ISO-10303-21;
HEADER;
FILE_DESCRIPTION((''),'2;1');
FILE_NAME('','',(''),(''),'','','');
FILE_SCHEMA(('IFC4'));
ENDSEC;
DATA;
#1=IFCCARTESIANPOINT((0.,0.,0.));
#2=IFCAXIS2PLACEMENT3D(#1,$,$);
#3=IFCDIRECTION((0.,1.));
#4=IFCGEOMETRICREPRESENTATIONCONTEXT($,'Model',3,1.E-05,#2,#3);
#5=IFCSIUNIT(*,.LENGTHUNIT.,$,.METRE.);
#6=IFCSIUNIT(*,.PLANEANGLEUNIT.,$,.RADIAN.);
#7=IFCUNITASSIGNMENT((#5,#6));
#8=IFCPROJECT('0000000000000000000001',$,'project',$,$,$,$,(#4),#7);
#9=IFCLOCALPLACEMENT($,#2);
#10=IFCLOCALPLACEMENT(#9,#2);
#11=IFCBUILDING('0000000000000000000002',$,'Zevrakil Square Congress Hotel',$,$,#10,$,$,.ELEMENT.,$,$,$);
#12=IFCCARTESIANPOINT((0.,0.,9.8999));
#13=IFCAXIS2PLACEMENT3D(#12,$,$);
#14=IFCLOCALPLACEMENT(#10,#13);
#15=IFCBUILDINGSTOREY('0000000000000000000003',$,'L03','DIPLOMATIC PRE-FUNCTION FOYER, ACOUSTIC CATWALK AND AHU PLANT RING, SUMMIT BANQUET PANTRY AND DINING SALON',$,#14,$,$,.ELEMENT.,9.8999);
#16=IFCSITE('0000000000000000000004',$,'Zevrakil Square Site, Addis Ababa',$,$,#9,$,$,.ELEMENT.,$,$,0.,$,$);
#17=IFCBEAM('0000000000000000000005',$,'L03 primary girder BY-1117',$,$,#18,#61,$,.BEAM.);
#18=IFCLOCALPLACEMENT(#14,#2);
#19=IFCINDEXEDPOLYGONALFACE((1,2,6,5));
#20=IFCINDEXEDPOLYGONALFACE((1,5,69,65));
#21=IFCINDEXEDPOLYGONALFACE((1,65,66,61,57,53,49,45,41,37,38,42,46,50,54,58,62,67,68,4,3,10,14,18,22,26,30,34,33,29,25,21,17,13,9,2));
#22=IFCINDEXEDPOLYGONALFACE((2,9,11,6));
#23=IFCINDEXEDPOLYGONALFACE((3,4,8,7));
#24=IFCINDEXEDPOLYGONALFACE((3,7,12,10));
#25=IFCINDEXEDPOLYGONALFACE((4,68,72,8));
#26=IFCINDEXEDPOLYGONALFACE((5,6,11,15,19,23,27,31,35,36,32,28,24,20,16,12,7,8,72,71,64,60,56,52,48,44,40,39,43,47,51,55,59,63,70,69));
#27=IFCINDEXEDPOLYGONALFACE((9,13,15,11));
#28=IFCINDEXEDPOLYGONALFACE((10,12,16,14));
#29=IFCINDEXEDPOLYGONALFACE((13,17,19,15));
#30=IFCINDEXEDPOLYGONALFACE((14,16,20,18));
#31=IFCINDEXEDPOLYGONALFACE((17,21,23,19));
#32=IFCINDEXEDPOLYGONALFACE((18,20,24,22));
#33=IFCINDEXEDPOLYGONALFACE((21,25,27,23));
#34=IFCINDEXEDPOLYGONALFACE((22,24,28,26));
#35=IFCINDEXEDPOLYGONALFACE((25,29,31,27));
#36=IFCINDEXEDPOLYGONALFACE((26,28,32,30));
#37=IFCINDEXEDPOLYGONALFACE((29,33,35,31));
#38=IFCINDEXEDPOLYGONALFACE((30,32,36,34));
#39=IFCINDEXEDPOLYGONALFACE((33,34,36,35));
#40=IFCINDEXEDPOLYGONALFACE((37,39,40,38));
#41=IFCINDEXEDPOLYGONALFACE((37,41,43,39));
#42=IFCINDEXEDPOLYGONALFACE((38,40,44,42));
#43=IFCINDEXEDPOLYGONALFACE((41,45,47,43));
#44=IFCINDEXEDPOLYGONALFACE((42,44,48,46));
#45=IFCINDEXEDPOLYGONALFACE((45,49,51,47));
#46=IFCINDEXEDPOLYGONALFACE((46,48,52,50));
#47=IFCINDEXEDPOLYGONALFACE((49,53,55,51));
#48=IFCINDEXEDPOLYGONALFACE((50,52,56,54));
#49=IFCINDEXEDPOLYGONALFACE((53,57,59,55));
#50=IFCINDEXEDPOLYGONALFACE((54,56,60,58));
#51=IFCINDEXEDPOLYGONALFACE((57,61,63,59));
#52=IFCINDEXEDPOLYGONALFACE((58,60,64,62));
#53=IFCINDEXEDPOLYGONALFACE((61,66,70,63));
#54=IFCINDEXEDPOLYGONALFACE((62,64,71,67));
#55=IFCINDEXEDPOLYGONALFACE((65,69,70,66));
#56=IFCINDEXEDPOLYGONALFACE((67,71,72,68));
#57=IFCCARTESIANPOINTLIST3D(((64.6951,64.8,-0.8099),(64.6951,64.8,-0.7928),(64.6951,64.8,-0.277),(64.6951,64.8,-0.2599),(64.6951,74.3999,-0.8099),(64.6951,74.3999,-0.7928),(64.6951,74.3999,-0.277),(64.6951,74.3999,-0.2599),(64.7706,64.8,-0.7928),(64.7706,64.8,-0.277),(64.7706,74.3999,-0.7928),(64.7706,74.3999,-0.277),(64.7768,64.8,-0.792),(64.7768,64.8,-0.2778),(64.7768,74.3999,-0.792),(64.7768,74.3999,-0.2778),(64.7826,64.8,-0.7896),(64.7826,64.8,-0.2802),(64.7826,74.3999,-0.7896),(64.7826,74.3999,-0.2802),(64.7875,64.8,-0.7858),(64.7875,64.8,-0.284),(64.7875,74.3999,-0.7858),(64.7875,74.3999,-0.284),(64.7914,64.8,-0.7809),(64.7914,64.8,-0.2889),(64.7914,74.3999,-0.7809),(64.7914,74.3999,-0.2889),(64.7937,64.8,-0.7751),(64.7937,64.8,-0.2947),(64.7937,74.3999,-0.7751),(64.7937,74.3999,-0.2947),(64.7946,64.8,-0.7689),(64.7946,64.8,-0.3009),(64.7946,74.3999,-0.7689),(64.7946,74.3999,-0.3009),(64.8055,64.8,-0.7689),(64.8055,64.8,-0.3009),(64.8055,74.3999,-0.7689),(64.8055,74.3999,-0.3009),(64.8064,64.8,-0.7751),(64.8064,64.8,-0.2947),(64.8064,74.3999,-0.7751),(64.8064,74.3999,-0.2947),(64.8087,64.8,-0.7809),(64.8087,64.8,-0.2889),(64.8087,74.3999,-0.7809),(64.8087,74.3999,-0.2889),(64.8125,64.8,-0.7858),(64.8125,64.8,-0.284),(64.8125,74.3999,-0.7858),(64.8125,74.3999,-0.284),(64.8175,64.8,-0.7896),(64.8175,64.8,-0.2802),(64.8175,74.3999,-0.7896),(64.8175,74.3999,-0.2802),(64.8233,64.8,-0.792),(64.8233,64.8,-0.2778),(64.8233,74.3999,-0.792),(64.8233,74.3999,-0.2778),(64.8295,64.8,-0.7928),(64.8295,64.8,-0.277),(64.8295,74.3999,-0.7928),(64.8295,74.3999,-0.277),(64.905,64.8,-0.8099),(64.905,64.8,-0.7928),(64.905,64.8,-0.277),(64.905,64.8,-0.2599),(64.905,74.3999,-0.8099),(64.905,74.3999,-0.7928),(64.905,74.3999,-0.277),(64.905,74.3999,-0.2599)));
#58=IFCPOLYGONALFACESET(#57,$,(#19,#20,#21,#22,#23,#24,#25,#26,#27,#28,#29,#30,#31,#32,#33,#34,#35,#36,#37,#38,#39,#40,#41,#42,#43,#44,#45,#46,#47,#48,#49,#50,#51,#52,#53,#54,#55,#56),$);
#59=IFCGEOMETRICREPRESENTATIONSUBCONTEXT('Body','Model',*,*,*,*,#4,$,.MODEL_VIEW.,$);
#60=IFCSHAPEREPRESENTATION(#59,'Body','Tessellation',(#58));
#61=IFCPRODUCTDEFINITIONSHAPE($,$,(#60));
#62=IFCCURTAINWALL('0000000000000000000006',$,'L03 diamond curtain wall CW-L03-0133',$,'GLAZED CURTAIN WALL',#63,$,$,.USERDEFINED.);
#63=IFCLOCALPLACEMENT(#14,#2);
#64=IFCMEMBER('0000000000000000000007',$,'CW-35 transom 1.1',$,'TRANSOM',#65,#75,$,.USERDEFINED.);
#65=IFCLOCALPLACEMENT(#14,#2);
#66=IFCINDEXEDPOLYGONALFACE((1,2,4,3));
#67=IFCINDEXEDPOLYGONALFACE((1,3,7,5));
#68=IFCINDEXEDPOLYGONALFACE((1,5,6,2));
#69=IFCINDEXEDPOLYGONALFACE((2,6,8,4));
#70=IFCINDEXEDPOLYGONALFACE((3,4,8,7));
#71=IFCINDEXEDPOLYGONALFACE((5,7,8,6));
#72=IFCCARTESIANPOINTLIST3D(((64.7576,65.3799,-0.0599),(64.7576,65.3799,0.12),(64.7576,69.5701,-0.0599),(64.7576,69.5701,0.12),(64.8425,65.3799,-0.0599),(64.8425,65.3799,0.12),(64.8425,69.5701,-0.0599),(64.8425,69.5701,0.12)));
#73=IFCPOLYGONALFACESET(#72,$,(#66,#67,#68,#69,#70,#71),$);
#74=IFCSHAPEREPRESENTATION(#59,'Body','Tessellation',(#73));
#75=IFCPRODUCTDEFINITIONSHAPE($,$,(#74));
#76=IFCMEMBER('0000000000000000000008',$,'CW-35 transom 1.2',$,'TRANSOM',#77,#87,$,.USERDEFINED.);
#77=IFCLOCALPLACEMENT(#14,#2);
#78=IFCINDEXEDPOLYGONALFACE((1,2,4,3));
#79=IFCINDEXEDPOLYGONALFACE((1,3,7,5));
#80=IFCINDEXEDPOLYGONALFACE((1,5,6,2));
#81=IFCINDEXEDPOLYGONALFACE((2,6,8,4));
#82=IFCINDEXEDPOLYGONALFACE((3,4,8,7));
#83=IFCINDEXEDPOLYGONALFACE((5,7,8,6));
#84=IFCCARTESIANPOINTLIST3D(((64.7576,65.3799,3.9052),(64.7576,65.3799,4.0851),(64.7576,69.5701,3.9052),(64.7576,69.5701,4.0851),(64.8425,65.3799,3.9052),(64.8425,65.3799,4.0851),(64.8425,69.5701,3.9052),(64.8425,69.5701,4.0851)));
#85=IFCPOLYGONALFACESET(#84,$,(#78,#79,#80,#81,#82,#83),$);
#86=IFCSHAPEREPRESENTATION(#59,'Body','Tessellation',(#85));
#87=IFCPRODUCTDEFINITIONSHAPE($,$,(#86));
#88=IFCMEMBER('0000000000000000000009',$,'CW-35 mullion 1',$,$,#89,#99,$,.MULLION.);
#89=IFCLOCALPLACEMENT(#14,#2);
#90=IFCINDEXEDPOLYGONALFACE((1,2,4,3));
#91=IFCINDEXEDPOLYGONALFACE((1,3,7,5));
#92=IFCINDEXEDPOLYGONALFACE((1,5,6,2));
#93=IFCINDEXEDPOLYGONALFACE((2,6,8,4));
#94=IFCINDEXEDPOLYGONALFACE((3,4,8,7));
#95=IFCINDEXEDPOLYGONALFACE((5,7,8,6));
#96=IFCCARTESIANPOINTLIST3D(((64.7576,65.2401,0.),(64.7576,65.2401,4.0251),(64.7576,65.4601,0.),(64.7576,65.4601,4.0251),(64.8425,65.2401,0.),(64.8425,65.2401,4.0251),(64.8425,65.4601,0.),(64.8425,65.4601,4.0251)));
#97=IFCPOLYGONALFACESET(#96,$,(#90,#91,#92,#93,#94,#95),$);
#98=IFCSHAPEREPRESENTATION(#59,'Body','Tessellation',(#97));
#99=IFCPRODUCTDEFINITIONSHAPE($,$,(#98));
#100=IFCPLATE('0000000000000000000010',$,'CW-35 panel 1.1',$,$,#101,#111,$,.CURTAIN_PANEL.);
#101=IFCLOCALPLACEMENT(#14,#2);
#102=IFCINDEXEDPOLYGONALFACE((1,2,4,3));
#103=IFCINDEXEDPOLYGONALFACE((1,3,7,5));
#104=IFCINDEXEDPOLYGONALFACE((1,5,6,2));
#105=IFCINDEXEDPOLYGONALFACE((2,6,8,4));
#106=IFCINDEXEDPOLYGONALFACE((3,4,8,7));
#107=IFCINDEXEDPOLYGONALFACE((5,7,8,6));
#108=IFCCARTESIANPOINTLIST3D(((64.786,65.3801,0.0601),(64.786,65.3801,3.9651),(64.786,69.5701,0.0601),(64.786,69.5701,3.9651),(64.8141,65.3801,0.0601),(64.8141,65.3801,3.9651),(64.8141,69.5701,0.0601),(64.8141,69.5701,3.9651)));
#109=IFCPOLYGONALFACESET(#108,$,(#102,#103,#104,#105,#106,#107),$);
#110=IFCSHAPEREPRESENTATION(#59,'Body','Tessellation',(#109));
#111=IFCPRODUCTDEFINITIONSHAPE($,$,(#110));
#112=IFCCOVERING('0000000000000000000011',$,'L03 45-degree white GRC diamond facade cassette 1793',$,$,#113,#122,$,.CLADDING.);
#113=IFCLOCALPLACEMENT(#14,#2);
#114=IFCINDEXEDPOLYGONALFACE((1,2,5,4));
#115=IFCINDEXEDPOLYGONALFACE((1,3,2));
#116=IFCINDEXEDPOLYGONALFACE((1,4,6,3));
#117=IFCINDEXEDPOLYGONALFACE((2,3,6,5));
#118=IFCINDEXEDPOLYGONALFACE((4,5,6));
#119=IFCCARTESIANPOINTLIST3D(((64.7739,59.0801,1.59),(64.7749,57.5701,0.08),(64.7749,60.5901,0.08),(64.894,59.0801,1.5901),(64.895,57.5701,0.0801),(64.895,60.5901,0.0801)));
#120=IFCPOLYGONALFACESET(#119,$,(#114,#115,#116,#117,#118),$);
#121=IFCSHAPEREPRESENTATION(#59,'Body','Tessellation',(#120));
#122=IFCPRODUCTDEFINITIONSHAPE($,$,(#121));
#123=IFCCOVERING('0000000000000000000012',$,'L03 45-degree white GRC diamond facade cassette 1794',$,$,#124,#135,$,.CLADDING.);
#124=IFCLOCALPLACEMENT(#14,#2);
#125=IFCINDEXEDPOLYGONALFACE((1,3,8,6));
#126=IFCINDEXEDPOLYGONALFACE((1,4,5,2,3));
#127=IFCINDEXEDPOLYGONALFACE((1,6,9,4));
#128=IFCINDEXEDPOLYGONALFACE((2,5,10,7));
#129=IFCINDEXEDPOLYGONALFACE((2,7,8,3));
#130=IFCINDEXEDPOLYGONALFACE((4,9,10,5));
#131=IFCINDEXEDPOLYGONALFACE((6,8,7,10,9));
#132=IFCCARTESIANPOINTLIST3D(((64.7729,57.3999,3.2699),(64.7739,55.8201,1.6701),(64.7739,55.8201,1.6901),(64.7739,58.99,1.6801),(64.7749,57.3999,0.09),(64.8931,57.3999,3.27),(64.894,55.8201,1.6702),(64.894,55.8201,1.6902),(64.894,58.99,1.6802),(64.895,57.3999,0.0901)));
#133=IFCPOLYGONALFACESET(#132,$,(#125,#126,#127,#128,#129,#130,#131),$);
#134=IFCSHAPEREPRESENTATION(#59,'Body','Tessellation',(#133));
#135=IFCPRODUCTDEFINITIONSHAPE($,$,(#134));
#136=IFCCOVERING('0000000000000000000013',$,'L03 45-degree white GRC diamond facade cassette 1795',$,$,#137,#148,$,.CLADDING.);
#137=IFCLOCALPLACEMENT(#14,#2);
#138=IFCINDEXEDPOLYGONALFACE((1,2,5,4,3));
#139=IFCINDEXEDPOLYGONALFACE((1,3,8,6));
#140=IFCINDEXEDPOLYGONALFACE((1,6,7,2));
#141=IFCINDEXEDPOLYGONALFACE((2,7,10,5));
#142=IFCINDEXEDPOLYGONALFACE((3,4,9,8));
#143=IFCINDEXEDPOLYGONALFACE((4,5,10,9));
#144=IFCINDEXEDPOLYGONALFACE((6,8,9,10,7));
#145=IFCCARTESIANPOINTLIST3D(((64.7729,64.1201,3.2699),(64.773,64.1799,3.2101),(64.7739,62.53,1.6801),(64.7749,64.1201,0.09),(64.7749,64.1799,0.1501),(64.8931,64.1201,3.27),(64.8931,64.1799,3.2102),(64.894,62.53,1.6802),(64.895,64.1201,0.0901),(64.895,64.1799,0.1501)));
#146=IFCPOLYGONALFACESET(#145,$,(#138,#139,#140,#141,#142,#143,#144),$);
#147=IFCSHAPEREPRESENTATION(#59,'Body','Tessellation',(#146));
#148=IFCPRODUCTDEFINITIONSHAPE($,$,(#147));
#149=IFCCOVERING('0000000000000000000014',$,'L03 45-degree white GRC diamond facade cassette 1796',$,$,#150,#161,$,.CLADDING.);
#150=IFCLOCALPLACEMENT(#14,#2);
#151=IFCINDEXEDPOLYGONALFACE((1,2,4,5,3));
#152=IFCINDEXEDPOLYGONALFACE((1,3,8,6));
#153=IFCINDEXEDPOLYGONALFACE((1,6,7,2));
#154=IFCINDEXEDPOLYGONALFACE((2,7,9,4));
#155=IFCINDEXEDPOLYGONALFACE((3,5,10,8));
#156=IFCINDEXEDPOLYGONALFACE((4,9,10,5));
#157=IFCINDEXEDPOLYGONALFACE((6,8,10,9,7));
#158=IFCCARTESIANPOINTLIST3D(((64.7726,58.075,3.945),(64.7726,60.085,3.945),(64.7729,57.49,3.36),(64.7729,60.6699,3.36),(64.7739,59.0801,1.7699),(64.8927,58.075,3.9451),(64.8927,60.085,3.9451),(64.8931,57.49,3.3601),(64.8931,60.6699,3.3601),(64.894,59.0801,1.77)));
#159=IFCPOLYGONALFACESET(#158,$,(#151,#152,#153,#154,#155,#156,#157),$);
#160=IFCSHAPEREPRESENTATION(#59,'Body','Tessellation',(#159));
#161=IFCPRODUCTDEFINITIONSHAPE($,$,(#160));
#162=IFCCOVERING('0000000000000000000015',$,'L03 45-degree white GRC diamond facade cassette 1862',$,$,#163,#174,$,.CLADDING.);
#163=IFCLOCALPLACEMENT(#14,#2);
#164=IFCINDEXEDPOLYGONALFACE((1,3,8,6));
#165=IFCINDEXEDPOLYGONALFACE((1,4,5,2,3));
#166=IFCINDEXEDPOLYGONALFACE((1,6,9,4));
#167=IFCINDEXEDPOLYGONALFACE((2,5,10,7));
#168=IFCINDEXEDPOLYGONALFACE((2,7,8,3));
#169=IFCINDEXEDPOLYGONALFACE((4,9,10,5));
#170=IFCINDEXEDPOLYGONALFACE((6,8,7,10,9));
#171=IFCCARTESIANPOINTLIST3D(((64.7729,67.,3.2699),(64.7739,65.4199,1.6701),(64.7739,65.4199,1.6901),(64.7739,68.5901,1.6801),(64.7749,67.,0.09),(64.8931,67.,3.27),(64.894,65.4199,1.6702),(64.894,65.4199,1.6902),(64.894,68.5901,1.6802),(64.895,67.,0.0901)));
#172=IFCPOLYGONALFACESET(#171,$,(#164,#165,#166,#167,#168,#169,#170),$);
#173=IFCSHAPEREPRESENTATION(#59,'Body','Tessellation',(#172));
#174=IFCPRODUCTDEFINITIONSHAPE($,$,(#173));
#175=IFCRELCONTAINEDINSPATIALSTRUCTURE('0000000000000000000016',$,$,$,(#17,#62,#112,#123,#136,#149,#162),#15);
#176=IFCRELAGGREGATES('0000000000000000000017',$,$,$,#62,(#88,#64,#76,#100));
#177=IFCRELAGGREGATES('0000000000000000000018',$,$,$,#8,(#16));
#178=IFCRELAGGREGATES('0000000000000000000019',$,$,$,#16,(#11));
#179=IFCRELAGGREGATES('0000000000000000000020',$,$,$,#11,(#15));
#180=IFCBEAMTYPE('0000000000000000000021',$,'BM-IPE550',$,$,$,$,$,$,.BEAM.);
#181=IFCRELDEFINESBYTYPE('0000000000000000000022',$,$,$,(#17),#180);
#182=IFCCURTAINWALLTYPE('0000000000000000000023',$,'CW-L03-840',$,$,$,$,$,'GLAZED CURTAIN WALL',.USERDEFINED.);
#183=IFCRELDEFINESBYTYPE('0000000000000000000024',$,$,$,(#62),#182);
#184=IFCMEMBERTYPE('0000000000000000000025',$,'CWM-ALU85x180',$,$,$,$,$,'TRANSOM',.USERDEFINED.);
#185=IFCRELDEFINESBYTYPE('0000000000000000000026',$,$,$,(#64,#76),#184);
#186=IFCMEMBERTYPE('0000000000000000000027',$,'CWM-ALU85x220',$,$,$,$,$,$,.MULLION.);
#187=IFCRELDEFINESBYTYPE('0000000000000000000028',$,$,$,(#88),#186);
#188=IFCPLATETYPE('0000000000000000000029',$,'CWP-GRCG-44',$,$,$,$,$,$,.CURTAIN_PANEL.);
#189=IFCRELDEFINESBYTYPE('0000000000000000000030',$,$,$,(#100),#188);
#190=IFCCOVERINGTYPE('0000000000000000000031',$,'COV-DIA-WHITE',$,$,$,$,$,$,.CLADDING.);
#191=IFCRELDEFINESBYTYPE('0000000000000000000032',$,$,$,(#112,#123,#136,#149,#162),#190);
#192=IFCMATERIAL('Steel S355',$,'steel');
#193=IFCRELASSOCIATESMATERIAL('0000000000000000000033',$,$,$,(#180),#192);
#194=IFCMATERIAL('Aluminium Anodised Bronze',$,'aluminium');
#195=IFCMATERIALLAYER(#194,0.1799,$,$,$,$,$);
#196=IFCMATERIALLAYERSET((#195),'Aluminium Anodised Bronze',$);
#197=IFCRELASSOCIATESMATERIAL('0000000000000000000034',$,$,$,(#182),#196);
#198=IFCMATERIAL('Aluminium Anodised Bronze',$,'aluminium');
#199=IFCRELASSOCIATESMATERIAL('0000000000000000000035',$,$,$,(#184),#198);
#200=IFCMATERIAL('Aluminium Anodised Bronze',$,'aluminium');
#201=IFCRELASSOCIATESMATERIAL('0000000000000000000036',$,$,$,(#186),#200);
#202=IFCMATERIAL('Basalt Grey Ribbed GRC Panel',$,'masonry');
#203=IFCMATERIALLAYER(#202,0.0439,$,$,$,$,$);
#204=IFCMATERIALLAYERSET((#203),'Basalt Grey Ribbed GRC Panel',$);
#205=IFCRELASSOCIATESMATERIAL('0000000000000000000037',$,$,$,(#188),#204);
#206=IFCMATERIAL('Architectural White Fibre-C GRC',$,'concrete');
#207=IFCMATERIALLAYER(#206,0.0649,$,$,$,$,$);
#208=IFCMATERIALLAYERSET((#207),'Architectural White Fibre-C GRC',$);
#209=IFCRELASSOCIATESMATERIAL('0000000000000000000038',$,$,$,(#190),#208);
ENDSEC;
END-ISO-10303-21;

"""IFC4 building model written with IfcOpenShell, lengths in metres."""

from ifc_helpers import new_model, si_unit, direction, frame, origin, origin_2d, place, context, subcontext, project, spatial, polyline, rectangle, i_section, outline, extrude, material, layer, layer_set, material_profile, profile_set, type_object, element, aggregate, save


model = new_model("IFC4")

# Units and contexts
model_context = context("Model", 3, precision=1e-05, world=origin(), true_north=direction((0.0, 1.0)))
body_context = subcontext(model_context, "Body", "Model", "MODEL_VIEW")
ifc_project = project(units=[si_unit("LENGTHUNIT", "METRE"), si_unit("PLANEANGLEUNIT", "RADIAN")], contexts=[model_context])

# Site, building, storey
site_placement = place(None, origin())
site = spatial("IfcSite", under=ifc_project, at=site_placement, Name="Zevrakil Square Site, Addis Ababa", CompositionType="ELEMENT", RefElevation=0.0)
building_placement = place(site_placement, origin())
building = spatial("IfcBuilding", under=site, at=building_placement, Name="Zevrakil Square Congress Hotel", CompositionType="ELEMENT")
storey_placement = place(building_placement, frame((0.0, 0.0, 9.8999)))
storey = spatial("IfcBuildingStorey", under=building, at=storey_placement, Name="L03", Description="DIPLOMATIC PRE-FUNCTION FOYER, ACOUSTIC CATWALK AND AHU PLANT RING, SUMMIT BANQUET PANTRY AND DINING SALON", CompositionType="ELEMENT", Elevation=9.8999)

# Beam
ifc_material_1 = material(Name="Steel S355", Category="steel")
ifc_material_profile_1 = material_profile(ifc_material_1, i_section(OverallWidth=0.21, OverallDepth=0.55, WebThickness=0.011, FlangeThickness=0.0171, FilletRadius=0.0239, at=origin_2d()), Name="IPE 550")
ifc_profile_set_1 = profile_set([ifc_material_profile_1], Name="Steel S355")
beam_type = type_object("IfcBeamType", Name="BM-IPE550", PredefinedType="BEAM", material=ifc_profile_set_1)
beam_placement = place(storey_placement, frame((64.8, 64.8, -0.5349), z_axis=(0.0, 1.0, 0.0), x_axis=(-1.0, 0.0, 0.0)))
element("IfcBeam", 1, at=beam_placement, inside=storey, type_object=beam_type, Name="L03 primary girder BY-1117", PredefinedType="BEAM", context=body_context, shape_type="SweptSolid", body=[
    extrude(i_section(OverallWidth=0.21, OverallDepth=0.55, WebThickness=0.011, FlangeThickness=0.0171, FilletRadius=0.0239, at=origin_2d()), origin(), (0.0, 0.0, 1.0), 9.5999),
])

# Curtain wall, members, plate
ifc_material_2 = material(Name="Aluminium Anodised Bronze", Category="aluminium")
ifc_layer_1 = layer(ifc_material_2, 0.1799)
ifc_layer_set_1 = layer_set([ifc_layer_1], Name="Aluminium Anodised Bronze")
curtain_wall_type = type_object("IfcCurtainWallType", Name="CW-L03-840", ElementType="GLAZED CURTAIN WALL", PredefinedType="USERDEFINED", material=ifc_layer_set_1)
curtain_wall_placement = place(storey_placement, origin())
curtain_wall = element("IfcCurtainWall", 2, at=curtain_wall_placement, inside=storey, type_object=curtain_wall_type, Name="L03 diamond curtain wall CW-L03-0133", ObjectType="GLAZED CURTAIN WALL", PredefinedType="USERDEFINED")
ifc_material_3 = material(Name="Aluminium Anodised Bronze", Category="aluminium")
ifc_material_profile_2 = material_profile(ifc_material_3, rectangle(XDim=0.085, YDim=0.1799, at=origin_2d()), Name="ALU 85x180")
ifc_profile_set_2 = profile_set([ifc_material_profile_2], Name="Aluminium Anodised Bronze")
member_type_1 = type_object("IfcMemberType", Name="CWM-ALU85x180", ElementType="TRANSOM", PredefinedType="USERDEFINED", material=ifc_profile_set_2)
member_1_placement = place(storey_placement, frame((64.8, 65.3799, 0.03), z_axis=(0.0, 1.0, 0.0), x_axis=(-1.0, 0.0, 0.0)))
member_1 = element("IfcMember", 3, at=member_1_placement, type_object=member_type_1, Name="CW-35 transom 1.1", ObjectType="TRANSOM", PredefinedType="USERDEFINED", context=body_context, shape_type="SweptSolid", body=[
    extrude(rectangle(XDim=0.085, YDim=0.1799, at=origin_2d()), origin(), (0.0, 0.0, 1.0), 4.1902),
])
member_2_placement = place(storey_placement, frame((64.8, 65.3799, 3.9951), z_axis=(0.0, 1.0, 0.0), x_axis=(-1.0, 0.0, 0.0)))
member_2 = element("IfcMember", 4, at=member_2_placement, type_object=member_type_1, Name="CW-35 transom 1.2", ObjectType="TRANSOM", PredefinedType="USERDEFINED", context=body_context, shape_type="SweptSolid", body=[
    extrude(rectangle(XDim=0.085, YDim=0.1799, at=origin_2d()), origin(), (0.0, 0.0, 1.0), 4.1902),
])
ifc_material_4 = material(Name="Aluminium Anodised Bronze", Category="aluminium")
ifc_material_profile_3 = material_profile(ifc_material_4, rectangle(XDim=0.085, YDim=0.22, at=origin_2d()), Name="ALU 85x220")
ifc_profile_set_3 = profile_set([ifc_material_profile_3], Name="Aluminium Anodised Bronze")
member_type_2 = type_object("IfcMemberType", Name="CWM-ALU85x220", PredefinedType="MULLION", material=ifc_profile_set_3)
member_3_placement = place(storey_placement, frame((64.8, 65.3501, 0.0), z_axis=(0.0, 0.0, 1.0), x_axis=(-1.0, 0.0, 0.0)))
member_3 = element("IfcMember", 5, at=member_3_placement, type_object=member_type_2, Name="CW-35 mullion 1", PredefinedType="MULLION", context=body_context, shape_type="SweptSolid", body=[
    extrude(rectangle(XDim=0.085, YDim=0.22, at=origin_2d()), origin(), (0.0, 0.0, 1.0), 4.0251),
])
ifc_material_5 = material(Name="Basalt Grey Ribbed GRC Panel", Category="masonry")
ifc_layer_2 = layer(ifc_material_5, 0.0439)
ifc_layer_set_2 = layer_set([ifc_layer_2], Name="Basalt Grey Ribbed GRC Panel")
plate_type = type_object("IfcPlateType", Name="CWP-GRCG-44", PredefinedType="CURTAIN_PANEL", material=ifc_layer_set_2)
plate_placement = place(storey_placement, frame((64.8, 67.4751, 0.0601), z_axis=(0.0, 0.0, 1.0), x_axis=(0.0, 1.0, 0.0)))
plate = element("IfcPlate", 6, at=plate_placement, type_object=plate_type, Name="CW-35 panel 1.1", PredefinedType="CURTAIN_PANEL", context=body_context, shape_type="SweptSolid", body=[
    extrude(rectangle(XDim=4.1899, YDim=0.0281, at=origin_2d()), origin(), (0.0, 0.0, 1.0), 3.905),
])
aggregate(curtain_wall, [member_3, member_1, member_2, plate])

# Coverings
ifc_material_6 = material(Name="Architectural White Fibre-C GRC", Category="concrete")
ifc_layer_3 = layer(ifc_material_6, 0.0649)
ifc_layer_set_3 = layer_set([ifc_layer_3], Name="Architectural White Fibre-C GRC")
covering_type_1 = type_object("IfcCoveringType", Name="COV-DIA-WHITE", PredefinedType="CLADDING", material=ifc_layer_set_3)
covering_1_placement = place(storey_placement, frame((64.894, 59.0801, 1.5901), z_axis=(1.0, 0.0, 0.000647), x_axis=(0.000457, 0.707107, -0.707107)))
element("IfcCovering", 7, at=covering_1_placement, inside=storey, type_object=covering_type_1, Name="L03 45-degree white GRC diamond facade cassette 1793", PredefinedType="CLADDING", context=body_context, shape_type="SweptSolid", body=[
    extrude(outline(polyline([(0.0, 0.0), (2.1355, 0.0), (0.0, -2.1355), (0.0, 0.0)])), origin(), (0.0, 0.0, -1.0), 0.1201),
])
covering_2_placement = place(storey_placement, frame((64.8931, 57.3999, 3.27), z_axis=(1.0, 0.0, 0.000612), x_axis=(0.000433, 0.707161, -0.707052)))
element("IfcCovering", 8, at=covering_2_placement, inside=storey, type_object=covering_type_1, Name="L03 45-degree white GRC diamond facade cassette 1794", PredefinedType="CLADDING", context=body_context, shape_type="SweptSolid", body=[
    extrude(outline(polyline([(0.0, 0.0), (2.2486, 0.0), (2.2484, -2.2487), (0.014, -2.2484), (-0.0002, -2.2342), (0.0, 0.0)])), origin(), (0.0, 0.0, -1.0), 0.1201),
])
covering_3_placement = place(storey_placement, frame((64.895, 64.1201, 0.0901), z_axis=(1.0, 0.0, 0.000615), x_axis=(-0.000435, -0.707107, 0.707107)))
element("IfcCovering", 9, at=covering_3_placement, inside=storey, type_object=covering_type_1, Name="L03 45-degree white GRC diamond facade cassette 1795", PredefinedType="CLADDING", context=body_context, shape_type="SweptSolid", body=[
    extrude(outline(polyline([(0.0, 0.0), (2.2487, 0.0), (2.2486, -2.2486), (2.164, -2.2486), (0.0002, -0.0848), (0.0, 0.0)])), origin(), (0.0, 0.0, -1.0), 0.1201),
])
covering_4_placement = place(storey_placement, frame((64.8931, 60.6699, 3.3601), z_axis=(1.0, 0.0, 0.000601), x_axis=(0.000425, -0.707052, -0.707161)))
element("IfcCovering", 10, at=covering_4_placement, inside=storey, type_object=covering_type_1, Name="L03 45-degree white GRC diamond facade cassette 1796", PredefinedType="CLADDING", context=body_context, shape_type="SweptSolid", body=[
    extrude(outline(polyline([(0.0, 0.0), (2.2486, 0.0), (2.2484, -2.2487), (1.4211, -2.2487), (-0.0001, -0.8273), (0.0, 0.0)])), origin(), (0.0, 0.0, -1.0), 0.1201),
])
covering_5_placement = place(storey_placement, frame((64.8931, 67.0, 3.27), z_axis=(1.0, 0.0, 0.000612), x_axis=(0.000433, 0.707161, -0.707052)))
element("IfcCovering", 11, at=covering_5_placement, inside=storey, type_object=covering_type_1, Name="L03 45-degree white GRC diamond facade cassette 1862", PredefinedType="CLADDING", context=body_context, shape_type="SweptSolid", body=[
    extrude(outline(polyline([(0.0, 0.0), (2.2486, 0.0), (2.2484, -2.2487), (0.0138, -2.2486), (-0.0003, -2.2344), (0.0, 0.0)])), origin(), (0.0, 0.0, -1.0), 0.1201),
])

save(model, "model.ifc")
